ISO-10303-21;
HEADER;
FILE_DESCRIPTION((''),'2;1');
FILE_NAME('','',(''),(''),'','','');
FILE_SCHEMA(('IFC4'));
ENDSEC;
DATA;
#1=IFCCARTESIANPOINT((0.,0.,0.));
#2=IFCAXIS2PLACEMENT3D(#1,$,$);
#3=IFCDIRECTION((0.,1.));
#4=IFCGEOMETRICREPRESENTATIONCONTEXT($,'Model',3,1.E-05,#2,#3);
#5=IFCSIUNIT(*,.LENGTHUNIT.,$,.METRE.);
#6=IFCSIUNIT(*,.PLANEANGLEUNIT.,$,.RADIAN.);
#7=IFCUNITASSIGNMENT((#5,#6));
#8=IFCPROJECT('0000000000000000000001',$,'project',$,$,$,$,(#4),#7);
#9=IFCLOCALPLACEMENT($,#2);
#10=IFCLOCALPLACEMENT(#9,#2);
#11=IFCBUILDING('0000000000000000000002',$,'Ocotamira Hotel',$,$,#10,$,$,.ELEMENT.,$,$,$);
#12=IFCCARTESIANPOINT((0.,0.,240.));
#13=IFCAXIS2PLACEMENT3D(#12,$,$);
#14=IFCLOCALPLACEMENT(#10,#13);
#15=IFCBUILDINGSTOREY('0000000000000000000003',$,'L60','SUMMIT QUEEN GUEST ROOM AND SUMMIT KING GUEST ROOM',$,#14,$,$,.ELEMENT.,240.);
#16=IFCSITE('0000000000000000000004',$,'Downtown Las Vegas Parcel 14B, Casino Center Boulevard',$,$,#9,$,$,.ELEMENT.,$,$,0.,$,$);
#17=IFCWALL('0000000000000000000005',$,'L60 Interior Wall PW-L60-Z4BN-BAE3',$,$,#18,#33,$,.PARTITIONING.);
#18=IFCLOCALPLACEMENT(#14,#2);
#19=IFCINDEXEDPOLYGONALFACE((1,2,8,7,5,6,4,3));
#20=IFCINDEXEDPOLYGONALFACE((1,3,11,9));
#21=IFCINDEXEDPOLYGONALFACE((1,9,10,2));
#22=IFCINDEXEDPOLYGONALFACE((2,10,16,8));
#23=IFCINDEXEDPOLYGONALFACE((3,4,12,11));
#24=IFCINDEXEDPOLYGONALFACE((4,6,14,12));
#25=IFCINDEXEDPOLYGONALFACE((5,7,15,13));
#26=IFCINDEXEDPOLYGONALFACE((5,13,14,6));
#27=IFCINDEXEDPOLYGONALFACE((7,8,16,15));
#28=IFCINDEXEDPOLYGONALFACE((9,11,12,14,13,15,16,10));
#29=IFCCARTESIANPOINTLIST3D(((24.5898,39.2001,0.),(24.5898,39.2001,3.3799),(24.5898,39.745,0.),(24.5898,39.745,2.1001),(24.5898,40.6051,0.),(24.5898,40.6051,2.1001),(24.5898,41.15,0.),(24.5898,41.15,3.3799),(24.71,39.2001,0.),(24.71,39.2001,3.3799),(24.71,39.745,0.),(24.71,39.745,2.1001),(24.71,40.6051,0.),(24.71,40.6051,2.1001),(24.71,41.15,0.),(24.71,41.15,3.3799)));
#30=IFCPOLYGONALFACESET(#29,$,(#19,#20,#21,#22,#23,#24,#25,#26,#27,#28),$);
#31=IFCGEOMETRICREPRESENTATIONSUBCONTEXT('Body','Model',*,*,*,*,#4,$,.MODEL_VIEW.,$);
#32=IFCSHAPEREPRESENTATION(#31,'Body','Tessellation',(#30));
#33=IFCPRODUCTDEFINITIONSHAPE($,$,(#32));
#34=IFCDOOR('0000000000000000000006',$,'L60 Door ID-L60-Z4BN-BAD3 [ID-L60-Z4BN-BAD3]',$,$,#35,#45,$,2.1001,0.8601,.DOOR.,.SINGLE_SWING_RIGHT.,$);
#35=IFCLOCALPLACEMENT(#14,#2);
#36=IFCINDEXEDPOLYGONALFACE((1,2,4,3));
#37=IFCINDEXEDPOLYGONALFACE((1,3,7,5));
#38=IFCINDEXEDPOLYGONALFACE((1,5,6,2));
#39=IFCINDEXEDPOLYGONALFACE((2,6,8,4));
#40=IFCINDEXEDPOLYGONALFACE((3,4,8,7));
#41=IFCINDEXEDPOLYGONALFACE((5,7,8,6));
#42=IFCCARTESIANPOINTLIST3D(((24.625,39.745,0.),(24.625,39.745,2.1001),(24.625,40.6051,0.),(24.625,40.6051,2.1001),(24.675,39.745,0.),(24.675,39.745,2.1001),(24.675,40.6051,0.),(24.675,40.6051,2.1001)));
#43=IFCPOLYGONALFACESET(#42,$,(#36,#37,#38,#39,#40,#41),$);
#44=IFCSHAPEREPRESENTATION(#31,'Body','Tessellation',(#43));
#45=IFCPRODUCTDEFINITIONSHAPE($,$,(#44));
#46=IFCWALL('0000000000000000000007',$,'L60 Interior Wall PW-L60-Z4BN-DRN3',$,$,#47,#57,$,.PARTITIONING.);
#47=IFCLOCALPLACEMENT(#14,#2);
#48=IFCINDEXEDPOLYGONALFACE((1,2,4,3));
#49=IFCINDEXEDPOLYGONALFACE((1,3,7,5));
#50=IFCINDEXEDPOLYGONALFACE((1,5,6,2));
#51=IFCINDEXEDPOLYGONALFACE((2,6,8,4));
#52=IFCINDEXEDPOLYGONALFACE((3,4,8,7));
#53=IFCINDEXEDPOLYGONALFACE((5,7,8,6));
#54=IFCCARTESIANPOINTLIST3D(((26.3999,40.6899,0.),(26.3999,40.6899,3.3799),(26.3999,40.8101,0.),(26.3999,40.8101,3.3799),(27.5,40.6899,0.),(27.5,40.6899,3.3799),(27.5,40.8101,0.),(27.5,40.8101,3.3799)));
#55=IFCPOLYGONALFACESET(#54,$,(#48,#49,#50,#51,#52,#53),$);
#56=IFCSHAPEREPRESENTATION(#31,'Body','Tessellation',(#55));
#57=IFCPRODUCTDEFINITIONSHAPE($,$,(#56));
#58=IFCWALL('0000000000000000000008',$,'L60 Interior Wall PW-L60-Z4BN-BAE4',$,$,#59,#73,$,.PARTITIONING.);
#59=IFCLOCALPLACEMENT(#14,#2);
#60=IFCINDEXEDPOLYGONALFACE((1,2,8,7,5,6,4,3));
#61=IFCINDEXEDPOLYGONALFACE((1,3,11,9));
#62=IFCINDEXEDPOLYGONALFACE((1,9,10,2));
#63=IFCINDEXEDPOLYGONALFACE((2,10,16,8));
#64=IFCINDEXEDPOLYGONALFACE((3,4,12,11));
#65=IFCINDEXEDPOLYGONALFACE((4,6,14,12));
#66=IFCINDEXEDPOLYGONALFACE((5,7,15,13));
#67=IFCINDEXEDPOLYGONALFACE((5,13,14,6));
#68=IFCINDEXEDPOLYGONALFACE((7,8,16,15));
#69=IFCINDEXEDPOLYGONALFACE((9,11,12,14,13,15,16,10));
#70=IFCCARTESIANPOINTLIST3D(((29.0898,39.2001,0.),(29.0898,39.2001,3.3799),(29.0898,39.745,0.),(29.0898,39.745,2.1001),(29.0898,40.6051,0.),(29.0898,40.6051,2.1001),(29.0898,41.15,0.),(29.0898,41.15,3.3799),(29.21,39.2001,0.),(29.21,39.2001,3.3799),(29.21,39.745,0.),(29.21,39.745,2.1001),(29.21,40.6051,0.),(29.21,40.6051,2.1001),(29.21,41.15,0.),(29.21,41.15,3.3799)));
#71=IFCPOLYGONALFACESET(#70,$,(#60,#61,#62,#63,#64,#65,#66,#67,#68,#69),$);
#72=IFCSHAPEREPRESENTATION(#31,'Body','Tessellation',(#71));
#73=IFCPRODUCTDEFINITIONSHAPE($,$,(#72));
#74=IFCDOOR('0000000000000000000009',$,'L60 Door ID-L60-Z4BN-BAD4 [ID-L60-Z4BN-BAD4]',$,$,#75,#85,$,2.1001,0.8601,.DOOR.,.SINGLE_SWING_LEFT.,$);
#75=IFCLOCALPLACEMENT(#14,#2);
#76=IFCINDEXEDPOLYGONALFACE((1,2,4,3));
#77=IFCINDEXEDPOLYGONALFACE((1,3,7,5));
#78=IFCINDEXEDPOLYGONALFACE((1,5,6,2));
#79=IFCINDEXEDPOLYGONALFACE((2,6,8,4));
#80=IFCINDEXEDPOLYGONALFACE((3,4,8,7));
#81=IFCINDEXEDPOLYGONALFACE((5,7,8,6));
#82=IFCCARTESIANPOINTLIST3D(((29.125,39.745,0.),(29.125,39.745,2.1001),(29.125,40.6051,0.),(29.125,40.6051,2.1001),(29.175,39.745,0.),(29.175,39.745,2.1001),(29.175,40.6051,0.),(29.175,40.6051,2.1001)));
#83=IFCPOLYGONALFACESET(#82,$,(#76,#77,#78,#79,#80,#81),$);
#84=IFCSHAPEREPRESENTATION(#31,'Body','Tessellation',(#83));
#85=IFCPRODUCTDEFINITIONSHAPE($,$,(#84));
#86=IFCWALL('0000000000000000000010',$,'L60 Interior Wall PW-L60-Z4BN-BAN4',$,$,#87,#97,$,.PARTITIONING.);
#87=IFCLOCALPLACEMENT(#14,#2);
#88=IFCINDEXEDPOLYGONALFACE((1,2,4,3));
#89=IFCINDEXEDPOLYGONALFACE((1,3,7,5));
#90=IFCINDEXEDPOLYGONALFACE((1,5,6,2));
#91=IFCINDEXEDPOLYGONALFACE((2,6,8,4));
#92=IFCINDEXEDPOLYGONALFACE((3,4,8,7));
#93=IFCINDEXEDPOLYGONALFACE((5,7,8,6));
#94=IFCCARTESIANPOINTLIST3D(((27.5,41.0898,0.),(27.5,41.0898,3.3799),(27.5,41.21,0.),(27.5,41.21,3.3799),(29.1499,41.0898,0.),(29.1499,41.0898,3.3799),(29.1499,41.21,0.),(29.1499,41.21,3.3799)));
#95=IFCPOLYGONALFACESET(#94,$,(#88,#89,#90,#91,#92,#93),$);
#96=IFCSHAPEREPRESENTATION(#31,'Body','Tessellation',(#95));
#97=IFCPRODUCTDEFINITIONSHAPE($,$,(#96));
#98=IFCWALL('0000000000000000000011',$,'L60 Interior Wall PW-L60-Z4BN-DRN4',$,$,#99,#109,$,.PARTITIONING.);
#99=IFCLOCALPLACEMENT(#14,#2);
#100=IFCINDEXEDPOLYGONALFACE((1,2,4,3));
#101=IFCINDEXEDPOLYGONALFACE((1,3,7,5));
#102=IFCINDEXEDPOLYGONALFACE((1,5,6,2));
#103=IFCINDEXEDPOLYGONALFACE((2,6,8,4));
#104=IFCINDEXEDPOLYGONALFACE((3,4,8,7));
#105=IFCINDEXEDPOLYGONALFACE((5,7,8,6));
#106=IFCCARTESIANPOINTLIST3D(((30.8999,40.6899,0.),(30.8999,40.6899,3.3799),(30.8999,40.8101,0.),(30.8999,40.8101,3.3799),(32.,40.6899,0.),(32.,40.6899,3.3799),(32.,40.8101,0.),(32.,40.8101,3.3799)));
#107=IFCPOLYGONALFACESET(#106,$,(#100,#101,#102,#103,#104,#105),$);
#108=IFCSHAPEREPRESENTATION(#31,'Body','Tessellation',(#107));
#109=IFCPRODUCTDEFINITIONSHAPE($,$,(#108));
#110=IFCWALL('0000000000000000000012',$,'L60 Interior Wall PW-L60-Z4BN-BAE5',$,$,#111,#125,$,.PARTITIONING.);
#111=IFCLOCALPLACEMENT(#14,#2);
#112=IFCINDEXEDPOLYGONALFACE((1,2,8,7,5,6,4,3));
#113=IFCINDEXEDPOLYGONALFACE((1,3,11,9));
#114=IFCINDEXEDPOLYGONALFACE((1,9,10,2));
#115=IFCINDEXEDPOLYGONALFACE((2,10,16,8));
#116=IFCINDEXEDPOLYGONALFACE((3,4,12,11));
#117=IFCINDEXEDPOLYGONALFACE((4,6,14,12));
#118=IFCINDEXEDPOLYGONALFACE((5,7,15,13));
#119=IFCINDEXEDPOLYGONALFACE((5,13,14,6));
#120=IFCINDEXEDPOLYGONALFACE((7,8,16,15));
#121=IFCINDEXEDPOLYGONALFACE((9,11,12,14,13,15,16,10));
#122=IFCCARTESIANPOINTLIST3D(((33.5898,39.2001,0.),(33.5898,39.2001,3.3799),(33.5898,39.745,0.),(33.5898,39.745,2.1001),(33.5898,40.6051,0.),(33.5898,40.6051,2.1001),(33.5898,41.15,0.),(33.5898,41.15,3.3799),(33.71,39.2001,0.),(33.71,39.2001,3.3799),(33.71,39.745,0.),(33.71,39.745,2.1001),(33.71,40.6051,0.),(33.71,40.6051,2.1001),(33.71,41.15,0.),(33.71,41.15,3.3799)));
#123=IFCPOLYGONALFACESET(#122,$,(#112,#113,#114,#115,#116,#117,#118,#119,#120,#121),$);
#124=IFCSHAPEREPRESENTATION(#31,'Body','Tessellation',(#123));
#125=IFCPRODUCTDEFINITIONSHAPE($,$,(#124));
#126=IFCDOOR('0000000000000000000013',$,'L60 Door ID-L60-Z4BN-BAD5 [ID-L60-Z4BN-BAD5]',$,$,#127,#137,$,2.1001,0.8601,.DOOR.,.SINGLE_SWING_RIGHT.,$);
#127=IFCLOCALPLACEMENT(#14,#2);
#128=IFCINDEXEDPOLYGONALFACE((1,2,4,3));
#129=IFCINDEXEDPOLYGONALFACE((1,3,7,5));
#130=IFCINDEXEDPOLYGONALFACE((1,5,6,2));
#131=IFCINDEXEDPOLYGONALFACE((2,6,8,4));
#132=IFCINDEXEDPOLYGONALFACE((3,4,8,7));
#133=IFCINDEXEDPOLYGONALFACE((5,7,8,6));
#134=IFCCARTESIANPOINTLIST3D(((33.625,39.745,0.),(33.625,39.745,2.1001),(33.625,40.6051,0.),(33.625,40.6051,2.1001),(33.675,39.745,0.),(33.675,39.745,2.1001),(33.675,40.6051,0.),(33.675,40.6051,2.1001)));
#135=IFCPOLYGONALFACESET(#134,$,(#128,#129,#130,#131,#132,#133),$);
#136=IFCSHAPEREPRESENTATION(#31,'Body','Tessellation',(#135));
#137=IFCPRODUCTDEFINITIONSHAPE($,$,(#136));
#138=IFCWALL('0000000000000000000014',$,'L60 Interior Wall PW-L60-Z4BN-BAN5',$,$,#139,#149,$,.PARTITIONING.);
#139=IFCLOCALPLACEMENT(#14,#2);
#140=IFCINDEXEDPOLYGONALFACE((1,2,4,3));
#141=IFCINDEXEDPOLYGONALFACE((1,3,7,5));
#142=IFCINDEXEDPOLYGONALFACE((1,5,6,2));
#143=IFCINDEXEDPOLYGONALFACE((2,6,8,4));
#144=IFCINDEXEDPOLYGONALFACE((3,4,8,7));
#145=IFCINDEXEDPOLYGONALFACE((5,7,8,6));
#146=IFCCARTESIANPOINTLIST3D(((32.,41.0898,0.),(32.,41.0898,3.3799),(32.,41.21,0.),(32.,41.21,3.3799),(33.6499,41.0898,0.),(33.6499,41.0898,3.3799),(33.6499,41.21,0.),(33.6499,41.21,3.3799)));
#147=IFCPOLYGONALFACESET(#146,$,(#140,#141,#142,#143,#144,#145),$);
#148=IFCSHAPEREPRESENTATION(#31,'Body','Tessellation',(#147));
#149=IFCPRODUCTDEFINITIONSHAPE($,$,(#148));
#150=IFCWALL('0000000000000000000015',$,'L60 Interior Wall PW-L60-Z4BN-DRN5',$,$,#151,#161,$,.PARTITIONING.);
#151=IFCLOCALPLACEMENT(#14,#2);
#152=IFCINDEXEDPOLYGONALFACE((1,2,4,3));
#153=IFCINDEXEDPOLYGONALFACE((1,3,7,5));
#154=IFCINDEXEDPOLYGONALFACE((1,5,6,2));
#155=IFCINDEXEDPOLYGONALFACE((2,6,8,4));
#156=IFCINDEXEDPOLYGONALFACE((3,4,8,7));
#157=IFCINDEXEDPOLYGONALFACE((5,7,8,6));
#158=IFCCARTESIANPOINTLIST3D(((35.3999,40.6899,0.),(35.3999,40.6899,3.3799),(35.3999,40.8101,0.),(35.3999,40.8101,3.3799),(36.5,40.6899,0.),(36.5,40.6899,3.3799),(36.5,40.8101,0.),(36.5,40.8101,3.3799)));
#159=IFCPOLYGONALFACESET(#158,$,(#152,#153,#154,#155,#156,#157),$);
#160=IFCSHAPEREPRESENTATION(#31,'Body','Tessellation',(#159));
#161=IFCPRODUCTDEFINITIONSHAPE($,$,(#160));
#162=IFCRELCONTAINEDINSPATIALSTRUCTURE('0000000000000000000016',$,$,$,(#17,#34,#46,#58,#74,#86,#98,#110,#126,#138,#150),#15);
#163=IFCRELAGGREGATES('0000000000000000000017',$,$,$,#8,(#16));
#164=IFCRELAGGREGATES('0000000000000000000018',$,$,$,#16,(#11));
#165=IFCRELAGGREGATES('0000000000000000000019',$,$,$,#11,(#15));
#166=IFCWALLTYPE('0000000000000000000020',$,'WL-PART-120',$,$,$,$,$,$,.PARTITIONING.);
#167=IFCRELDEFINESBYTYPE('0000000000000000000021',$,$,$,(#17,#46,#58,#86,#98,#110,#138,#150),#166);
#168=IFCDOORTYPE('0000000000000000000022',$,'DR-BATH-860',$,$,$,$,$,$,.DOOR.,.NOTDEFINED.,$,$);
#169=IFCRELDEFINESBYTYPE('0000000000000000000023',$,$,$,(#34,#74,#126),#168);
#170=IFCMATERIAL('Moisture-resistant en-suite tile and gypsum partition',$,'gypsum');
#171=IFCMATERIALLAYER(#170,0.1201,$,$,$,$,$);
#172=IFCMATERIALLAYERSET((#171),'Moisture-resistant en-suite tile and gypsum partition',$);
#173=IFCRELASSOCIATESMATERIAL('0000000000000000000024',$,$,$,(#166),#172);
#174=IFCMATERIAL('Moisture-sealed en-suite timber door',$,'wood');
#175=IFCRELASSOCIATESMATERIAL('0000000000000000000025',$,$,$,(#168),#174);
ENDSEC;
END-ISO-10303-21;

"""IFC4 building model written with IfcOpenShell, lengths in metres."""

from ifc_helpers import new_model, si_unit, direction, frame, frame_2d, origin, place, context, subcontext, project, spatial, rectangle, extrude, source, transform, mapped, material, layer, layer_set, type_object, element, fill, save


model = new_model("IFC4")

# Units and contexts
model_context = context("Model", 3, precision=1e-05, world=origin(), true_north=direction((0.0, 1.0)))
body_context = subcontext(model_context, "Body", "Model", "MODEL_VIEW")
ifc_project = project(units=[si_unit("LENGTHUNIT", "METRE"), si_unit("PLANEANGLEUNIT", "RADIAN")], contexts=[model_context])

# Site, building, storey
site_placement = place(None, origin())
site = spatial("IfcSite", under=ifc_project, at=site_placement, Name="Downtown Las Vegas Parcel 14B, Casino Center Boulevard", CompositionType="ELEMENT", RefElevation=0.0)
building_placement = place(site_placement, origin())
building = spatial("IfcBuilding", under=site, at=building_placement, Name="Ocotamira Hotel", CompositionType="ELEMENT")
storey_placement = place(building_placement, frame((0.0, 0.0, 240.0)))
storey = spatial("IfcBuildingStorey", under=building, at=storey_placement, Name="L60", Description="SUMMIT QUEEN GUEST ROOM AND SUMMIT KING GUEST ROOM", CompositionType="ELEMENT", Elevation=240.0)

# Wall, opening, door
ifc_material_1 = material(Name="Moisture-resistant en-suite tile and gypsum partition", Category="gypsum")
ifc_layer_1 = layer(ifc_material_1, 0.1201)
ifc_layer_set_1 = layer_set([ifc_layer_1], Name="Moisture-resistant en-suite tile and gypsum partition")
wall_type_1 = type_object("IfcWallType", Name="WL-PART-120", PredefinedType="PARTITIONING", material=ifc_layer_set_1)
wall_1_placement = place(storey_placement, frame((24.6499, 39.2, 0.0), z_axis=(0.0, 0.0, 1.0), x_axis=(0.0, 1.0, 0.0)))
wall_1 = element("IfcWall", 1, at=wall_1_placement, inside=storey, type_object=wall_type_1, Name="L60 Interior Wall PW-L60-Z4BN-BAE3", PredefinedType="PARTITIONING", context=body_context, shape_type="SweptSolid", body=[
    extrude(rectangle(XDim=1.95, YDim=0.1201, at=frame_2d((0.9751, 0.0))), origin(), (0.0, 0.0, 1.0), 3.3799),
])
opening_1_placement = place(wall_1_placement, frame((0.5449, 0.0, 0.0)))
opening_1 = element("IfcOpeningElement", 2, at=opening_1_placement, cuts=wall_1, PredefinedType="OPENING", context=body_context, shape_type="SweptSolid", body=[
    extrude(rectangle(XDim=0.8601, YDim=2.1001, at=frame_2d((0.4302, 1.05))), frame((0.0, 0.0701, 0.0), z_axis=(0.0, -1.0, 0.0), x_axis=(1.0, 0.0, 0.0)), (0.0, 0.0, 1.0), 0.1401),
])
ifc_material_2 = material(Name="Moisture-sealed en-suite timber door", Category="wood")
door_type_1 = type_object("IfcDoorType", Name="DR-BATH-860", OperationType="NOTDEFINED", PredefinedType="DOOR", material=ifc_material_2)
shared_shape_1 = source(origin(), body_context, "Body", "SweptSolid", [
    extrude(rectangle(XDim=0.8601, YDim=2.1001, at=frame_2d((0.4302, 1.05))), frame((0.0, 0.0249, 0.0), z_axis=(0.0, -1.0, 0.0), x_axis=(1.0, 0.0, 0.0)), (0.0, 0.0, 1.0), 0.05),
])
door_1_placement = place(opening_1_placement, origin())
door_1 = element("IfcDoor", 3, at=door_1_placement, inside=storey, type_object=door_type_1, Name="L60 Door ID-L60-Z4BN-BAD3 [ID-L60-Z4BN-BAD3]", OperationType="SINGLE_SWING_RIGHT", OverallHeight=2.1001, OverallWidth=0.8601, PredefinedType="DOOR", context=body_context, shape_type="MappedRepresentation", body=[
    mapped(shared_shape_1, transform((0.0, 0.0, 0.0), scale=1.0)),
])
fill(opening_1, door_1)

# Wall
wall_2_placement = place(storey_placement, frame((26.3999, 40.75, 0.0), z_axis=(0.0, 0.0, 1.0), x_axis=(1.0, 0.0, 0.0)))
element("IfcWall", 4, at=wall_2_placement, inside=storey, type_object=wall_type_1, Name="L60 Interior Wall PW-L60-Z4BN-DRN3", PredefinedType="PARTITIONING", context=body_context, shape_type="SweptSolid", body=[
    extrude(rectangle(XDim=1.1001, YDim=0.1201, at=frame_2d((0.55, 0.0))), origin(), (0.0, 0.0, 1.0), 3.3799),
])

# Wall, opening, door
wall_3_placement = place(storey_placement, frame((29.1499, 39.2, 0.0), z_axis=(0.0, 0.0, 1.0), x_axis=(0.0, 1.0, 0.0)))
wall_3 = element("IfcWall", 5, at=wall_3_placement, inside=storey, type_object=wall_type_1, Name="L60 Interior Wall PW-L60-Z4BN-BAE4", PredefinedType="PARTITIONING", context=body_context, shape_type="SweptSolid", body=[
    extrude(rectangle(XDim=1.95, YDim=0.1201, at=frame_2d((0.9751, 0.0))), origin(), (0.0, 0.0, 1.0), 3.3799),
])
opening_2_placement = place(wall_3_placement, frame((0.5449, 0.0, 0.0)))
opening_2 = element("IfcOpeningElement", 6, at=opening_2_placement, cuts=wall_3, PredefinedType="OPENING", context=body_context, shape_type="SweptSolid", body=[
    extrude(rectangle(XDim=0.8601, YDim=2.1001, at=frame_2d((0.4302, 1.05))), frame((0.0, 0.0701, 0.0), z_axis=(0.0, -1.0, 0.0), x_axis=(1.0, 0.0, 0.0)), (0.0, 0.0, 1.0), 0.1401),
])
door_2_placement = place(opening_2_placement, origin())
door_2 = element("IfcDoor", 7, at=door_2_placement, inside=storey, type_object=door_type_1, Name="L60 Door ID-L60-Z4BN-BAD4 [ID-L60-Z4BN-BAD4]", OperationType="SINGLE_SWING_LEFT", OverallHeight=2.1001, OverallWidth=0.8601, PredefinedType="DOOR", context=body_context, shape_type="MappedRepresentation", body=[
    mapped(shared_shape_1, transform((0.0, 0.0, 0.0), scale=1.0)),
])
fill(opening_2, door_2)

# Walls
wall_4_placement = place(storey_placement, frame((27.5, 41.1499, 0.0), z_axis=(0.0, 0.0, 1.0), x_axis=(1.0, 0.0, 0.0)))
element("IfcWall", 8, at=wall_4_placement, inside=storey, type_object=wall_type_1, Name="L60 Interior Wall PW-L60-Z4BN-BAN4", PredefinedType="PARTITIONING", context=body_context, shape_type="SweptSolid", body=[
    extrude(rectangle(XDim=1.6499, YDim=0.1201, at=frame_2d((0.825, 0.0))), origin(), (0.0, 0.0, 1.0), 3.3799),
])
wall_5_placement = place(storey_placement, frame((30.8999, 40.75, 0.0), z_axis=(0.0, 0.0, 1.0), x_axis=(1.0, 0.0, 0.0)))
element("IfcWall", 9, at=wall_5_placement, inside=storey, type_object=wall_type_1, Name="L60 Interior Wall PW-L60-Z4BN-DRN4", PredefinedType="PARTITIONING", context=body_context, shape_type="SweptSolid", body=[
    extrude(rectangle(XDim=1.1001, YDim=0.1201, at=frame_2d((0.55, 0.0))), origin(), (0.0, 0.0, 1.0), 3.3799),
])

# Wall, opening, door
wall_6_placement = place(storey_placement, frame((33.6499, 39.2, 0.0), z_axis=(0.0, 0.0, 1.0), x_axis=(0.0, 1.0, 0.0)))
wall_6 = element("IfcWall", 10, at=wall_6_placement, inside=storey, type_object=wall_type_1, Name="L60 Interior Wall PW-L60-Z4BN-BAE5", PredefinedType="PARTITIONING", context=body_context, shape_type="SweptSolid", body=[
    extrude(rectangle(XDim=1.95, YDim=0.1201, at=frame_2d((0.9751, 0.0))), origin(), (0.0, 0.0, 1.0), 3.3799),
])
opening_3_placement = place(wall_6_placement, frame((0.5449, 0.0, 0.0)))
opening_3 = element("IfcOpeningElement", 11, at=opening_3_placement, cuts=wall_6, PredefinedType="OPENING", context=body_context, shape_type="SweptSolid", body=[
    extrude(rectangle(XDim=0.8601, YDim=2.1001, at=frame_2d((0.4302, 1.05))), frame((0.0, 0.0701, 0.0), z_axis=(0.0, -1.0, 0.0), x_axis=(1.0, 0.0, 0.0)), (0.0, 0.0, 1.0), 0.1401),
])
door_3_placement = place(opening_3_placement, origin())
door_3 = element("IfcDoor", 12, at=door_3_placement, inside=storey, type_object=door_type_1, Name="L60 Door ID-L60-Z4BN-BAD5 [ID-L60-Z4BN-BAD5]", OperationType="SINGLE_SWING_RIGHT", OverallHeight=2.1001, OverallWidth=0.8601, PredefinedType="DOOR", context=body_context, shape_type="MappedRepresentation", body=[
    mapped(shared_shape_1, transform((0.0, 0.0, 0.0), scale=1.0)),
])
fill(opening_3, door_3)

# Walls
wall_7_placement = place(storey_placement, frame((32.0, 41.1499, 0.0), z_axis=(0.0, 0.0, 1.0), x_axis=(1.0, 0.0, 0.0)))
element("IfcWall", 13, at=wall_7_placement, inside=storey, type_object=wall_type_1, Name="L60 Interior Wall PW-L60-Z4BN-BAN5", PredefinedType="PARTITIONING", context=body_context, shape_type="SweptSolid", body=[
    extrude(rectangle(XDim=1.6499, YDim=0.1201, at=frame_2d((0.825, 0.0))), origin(), (0.0, 0.0, 1.0), 3.3799),
])
wall_8_placement = place(storey_placement, frame((35.3999, 40.75, 0.0), z_axis=(0.0, 0.0, 1.0), x_axis=(1.0, 0.0, 0.0)))
element("IfcWall", 14, at=wall_8_placement, inside=storey, type_object=wall_type_1, Name="L60 Interior Wall PW-L60-Z4BN-DRN5", PredefinedType="PARTITIONING", context=body_context, shape_type="SweptSolid", body=[
    extrude(rectangle(XDim=1.1001, YDim=0.1201, at=frame_2d((0.55, 0.0))), origin(), (0.0, 0.0, 1.0), 3.3799),
])

save(model, "model.ifc")
